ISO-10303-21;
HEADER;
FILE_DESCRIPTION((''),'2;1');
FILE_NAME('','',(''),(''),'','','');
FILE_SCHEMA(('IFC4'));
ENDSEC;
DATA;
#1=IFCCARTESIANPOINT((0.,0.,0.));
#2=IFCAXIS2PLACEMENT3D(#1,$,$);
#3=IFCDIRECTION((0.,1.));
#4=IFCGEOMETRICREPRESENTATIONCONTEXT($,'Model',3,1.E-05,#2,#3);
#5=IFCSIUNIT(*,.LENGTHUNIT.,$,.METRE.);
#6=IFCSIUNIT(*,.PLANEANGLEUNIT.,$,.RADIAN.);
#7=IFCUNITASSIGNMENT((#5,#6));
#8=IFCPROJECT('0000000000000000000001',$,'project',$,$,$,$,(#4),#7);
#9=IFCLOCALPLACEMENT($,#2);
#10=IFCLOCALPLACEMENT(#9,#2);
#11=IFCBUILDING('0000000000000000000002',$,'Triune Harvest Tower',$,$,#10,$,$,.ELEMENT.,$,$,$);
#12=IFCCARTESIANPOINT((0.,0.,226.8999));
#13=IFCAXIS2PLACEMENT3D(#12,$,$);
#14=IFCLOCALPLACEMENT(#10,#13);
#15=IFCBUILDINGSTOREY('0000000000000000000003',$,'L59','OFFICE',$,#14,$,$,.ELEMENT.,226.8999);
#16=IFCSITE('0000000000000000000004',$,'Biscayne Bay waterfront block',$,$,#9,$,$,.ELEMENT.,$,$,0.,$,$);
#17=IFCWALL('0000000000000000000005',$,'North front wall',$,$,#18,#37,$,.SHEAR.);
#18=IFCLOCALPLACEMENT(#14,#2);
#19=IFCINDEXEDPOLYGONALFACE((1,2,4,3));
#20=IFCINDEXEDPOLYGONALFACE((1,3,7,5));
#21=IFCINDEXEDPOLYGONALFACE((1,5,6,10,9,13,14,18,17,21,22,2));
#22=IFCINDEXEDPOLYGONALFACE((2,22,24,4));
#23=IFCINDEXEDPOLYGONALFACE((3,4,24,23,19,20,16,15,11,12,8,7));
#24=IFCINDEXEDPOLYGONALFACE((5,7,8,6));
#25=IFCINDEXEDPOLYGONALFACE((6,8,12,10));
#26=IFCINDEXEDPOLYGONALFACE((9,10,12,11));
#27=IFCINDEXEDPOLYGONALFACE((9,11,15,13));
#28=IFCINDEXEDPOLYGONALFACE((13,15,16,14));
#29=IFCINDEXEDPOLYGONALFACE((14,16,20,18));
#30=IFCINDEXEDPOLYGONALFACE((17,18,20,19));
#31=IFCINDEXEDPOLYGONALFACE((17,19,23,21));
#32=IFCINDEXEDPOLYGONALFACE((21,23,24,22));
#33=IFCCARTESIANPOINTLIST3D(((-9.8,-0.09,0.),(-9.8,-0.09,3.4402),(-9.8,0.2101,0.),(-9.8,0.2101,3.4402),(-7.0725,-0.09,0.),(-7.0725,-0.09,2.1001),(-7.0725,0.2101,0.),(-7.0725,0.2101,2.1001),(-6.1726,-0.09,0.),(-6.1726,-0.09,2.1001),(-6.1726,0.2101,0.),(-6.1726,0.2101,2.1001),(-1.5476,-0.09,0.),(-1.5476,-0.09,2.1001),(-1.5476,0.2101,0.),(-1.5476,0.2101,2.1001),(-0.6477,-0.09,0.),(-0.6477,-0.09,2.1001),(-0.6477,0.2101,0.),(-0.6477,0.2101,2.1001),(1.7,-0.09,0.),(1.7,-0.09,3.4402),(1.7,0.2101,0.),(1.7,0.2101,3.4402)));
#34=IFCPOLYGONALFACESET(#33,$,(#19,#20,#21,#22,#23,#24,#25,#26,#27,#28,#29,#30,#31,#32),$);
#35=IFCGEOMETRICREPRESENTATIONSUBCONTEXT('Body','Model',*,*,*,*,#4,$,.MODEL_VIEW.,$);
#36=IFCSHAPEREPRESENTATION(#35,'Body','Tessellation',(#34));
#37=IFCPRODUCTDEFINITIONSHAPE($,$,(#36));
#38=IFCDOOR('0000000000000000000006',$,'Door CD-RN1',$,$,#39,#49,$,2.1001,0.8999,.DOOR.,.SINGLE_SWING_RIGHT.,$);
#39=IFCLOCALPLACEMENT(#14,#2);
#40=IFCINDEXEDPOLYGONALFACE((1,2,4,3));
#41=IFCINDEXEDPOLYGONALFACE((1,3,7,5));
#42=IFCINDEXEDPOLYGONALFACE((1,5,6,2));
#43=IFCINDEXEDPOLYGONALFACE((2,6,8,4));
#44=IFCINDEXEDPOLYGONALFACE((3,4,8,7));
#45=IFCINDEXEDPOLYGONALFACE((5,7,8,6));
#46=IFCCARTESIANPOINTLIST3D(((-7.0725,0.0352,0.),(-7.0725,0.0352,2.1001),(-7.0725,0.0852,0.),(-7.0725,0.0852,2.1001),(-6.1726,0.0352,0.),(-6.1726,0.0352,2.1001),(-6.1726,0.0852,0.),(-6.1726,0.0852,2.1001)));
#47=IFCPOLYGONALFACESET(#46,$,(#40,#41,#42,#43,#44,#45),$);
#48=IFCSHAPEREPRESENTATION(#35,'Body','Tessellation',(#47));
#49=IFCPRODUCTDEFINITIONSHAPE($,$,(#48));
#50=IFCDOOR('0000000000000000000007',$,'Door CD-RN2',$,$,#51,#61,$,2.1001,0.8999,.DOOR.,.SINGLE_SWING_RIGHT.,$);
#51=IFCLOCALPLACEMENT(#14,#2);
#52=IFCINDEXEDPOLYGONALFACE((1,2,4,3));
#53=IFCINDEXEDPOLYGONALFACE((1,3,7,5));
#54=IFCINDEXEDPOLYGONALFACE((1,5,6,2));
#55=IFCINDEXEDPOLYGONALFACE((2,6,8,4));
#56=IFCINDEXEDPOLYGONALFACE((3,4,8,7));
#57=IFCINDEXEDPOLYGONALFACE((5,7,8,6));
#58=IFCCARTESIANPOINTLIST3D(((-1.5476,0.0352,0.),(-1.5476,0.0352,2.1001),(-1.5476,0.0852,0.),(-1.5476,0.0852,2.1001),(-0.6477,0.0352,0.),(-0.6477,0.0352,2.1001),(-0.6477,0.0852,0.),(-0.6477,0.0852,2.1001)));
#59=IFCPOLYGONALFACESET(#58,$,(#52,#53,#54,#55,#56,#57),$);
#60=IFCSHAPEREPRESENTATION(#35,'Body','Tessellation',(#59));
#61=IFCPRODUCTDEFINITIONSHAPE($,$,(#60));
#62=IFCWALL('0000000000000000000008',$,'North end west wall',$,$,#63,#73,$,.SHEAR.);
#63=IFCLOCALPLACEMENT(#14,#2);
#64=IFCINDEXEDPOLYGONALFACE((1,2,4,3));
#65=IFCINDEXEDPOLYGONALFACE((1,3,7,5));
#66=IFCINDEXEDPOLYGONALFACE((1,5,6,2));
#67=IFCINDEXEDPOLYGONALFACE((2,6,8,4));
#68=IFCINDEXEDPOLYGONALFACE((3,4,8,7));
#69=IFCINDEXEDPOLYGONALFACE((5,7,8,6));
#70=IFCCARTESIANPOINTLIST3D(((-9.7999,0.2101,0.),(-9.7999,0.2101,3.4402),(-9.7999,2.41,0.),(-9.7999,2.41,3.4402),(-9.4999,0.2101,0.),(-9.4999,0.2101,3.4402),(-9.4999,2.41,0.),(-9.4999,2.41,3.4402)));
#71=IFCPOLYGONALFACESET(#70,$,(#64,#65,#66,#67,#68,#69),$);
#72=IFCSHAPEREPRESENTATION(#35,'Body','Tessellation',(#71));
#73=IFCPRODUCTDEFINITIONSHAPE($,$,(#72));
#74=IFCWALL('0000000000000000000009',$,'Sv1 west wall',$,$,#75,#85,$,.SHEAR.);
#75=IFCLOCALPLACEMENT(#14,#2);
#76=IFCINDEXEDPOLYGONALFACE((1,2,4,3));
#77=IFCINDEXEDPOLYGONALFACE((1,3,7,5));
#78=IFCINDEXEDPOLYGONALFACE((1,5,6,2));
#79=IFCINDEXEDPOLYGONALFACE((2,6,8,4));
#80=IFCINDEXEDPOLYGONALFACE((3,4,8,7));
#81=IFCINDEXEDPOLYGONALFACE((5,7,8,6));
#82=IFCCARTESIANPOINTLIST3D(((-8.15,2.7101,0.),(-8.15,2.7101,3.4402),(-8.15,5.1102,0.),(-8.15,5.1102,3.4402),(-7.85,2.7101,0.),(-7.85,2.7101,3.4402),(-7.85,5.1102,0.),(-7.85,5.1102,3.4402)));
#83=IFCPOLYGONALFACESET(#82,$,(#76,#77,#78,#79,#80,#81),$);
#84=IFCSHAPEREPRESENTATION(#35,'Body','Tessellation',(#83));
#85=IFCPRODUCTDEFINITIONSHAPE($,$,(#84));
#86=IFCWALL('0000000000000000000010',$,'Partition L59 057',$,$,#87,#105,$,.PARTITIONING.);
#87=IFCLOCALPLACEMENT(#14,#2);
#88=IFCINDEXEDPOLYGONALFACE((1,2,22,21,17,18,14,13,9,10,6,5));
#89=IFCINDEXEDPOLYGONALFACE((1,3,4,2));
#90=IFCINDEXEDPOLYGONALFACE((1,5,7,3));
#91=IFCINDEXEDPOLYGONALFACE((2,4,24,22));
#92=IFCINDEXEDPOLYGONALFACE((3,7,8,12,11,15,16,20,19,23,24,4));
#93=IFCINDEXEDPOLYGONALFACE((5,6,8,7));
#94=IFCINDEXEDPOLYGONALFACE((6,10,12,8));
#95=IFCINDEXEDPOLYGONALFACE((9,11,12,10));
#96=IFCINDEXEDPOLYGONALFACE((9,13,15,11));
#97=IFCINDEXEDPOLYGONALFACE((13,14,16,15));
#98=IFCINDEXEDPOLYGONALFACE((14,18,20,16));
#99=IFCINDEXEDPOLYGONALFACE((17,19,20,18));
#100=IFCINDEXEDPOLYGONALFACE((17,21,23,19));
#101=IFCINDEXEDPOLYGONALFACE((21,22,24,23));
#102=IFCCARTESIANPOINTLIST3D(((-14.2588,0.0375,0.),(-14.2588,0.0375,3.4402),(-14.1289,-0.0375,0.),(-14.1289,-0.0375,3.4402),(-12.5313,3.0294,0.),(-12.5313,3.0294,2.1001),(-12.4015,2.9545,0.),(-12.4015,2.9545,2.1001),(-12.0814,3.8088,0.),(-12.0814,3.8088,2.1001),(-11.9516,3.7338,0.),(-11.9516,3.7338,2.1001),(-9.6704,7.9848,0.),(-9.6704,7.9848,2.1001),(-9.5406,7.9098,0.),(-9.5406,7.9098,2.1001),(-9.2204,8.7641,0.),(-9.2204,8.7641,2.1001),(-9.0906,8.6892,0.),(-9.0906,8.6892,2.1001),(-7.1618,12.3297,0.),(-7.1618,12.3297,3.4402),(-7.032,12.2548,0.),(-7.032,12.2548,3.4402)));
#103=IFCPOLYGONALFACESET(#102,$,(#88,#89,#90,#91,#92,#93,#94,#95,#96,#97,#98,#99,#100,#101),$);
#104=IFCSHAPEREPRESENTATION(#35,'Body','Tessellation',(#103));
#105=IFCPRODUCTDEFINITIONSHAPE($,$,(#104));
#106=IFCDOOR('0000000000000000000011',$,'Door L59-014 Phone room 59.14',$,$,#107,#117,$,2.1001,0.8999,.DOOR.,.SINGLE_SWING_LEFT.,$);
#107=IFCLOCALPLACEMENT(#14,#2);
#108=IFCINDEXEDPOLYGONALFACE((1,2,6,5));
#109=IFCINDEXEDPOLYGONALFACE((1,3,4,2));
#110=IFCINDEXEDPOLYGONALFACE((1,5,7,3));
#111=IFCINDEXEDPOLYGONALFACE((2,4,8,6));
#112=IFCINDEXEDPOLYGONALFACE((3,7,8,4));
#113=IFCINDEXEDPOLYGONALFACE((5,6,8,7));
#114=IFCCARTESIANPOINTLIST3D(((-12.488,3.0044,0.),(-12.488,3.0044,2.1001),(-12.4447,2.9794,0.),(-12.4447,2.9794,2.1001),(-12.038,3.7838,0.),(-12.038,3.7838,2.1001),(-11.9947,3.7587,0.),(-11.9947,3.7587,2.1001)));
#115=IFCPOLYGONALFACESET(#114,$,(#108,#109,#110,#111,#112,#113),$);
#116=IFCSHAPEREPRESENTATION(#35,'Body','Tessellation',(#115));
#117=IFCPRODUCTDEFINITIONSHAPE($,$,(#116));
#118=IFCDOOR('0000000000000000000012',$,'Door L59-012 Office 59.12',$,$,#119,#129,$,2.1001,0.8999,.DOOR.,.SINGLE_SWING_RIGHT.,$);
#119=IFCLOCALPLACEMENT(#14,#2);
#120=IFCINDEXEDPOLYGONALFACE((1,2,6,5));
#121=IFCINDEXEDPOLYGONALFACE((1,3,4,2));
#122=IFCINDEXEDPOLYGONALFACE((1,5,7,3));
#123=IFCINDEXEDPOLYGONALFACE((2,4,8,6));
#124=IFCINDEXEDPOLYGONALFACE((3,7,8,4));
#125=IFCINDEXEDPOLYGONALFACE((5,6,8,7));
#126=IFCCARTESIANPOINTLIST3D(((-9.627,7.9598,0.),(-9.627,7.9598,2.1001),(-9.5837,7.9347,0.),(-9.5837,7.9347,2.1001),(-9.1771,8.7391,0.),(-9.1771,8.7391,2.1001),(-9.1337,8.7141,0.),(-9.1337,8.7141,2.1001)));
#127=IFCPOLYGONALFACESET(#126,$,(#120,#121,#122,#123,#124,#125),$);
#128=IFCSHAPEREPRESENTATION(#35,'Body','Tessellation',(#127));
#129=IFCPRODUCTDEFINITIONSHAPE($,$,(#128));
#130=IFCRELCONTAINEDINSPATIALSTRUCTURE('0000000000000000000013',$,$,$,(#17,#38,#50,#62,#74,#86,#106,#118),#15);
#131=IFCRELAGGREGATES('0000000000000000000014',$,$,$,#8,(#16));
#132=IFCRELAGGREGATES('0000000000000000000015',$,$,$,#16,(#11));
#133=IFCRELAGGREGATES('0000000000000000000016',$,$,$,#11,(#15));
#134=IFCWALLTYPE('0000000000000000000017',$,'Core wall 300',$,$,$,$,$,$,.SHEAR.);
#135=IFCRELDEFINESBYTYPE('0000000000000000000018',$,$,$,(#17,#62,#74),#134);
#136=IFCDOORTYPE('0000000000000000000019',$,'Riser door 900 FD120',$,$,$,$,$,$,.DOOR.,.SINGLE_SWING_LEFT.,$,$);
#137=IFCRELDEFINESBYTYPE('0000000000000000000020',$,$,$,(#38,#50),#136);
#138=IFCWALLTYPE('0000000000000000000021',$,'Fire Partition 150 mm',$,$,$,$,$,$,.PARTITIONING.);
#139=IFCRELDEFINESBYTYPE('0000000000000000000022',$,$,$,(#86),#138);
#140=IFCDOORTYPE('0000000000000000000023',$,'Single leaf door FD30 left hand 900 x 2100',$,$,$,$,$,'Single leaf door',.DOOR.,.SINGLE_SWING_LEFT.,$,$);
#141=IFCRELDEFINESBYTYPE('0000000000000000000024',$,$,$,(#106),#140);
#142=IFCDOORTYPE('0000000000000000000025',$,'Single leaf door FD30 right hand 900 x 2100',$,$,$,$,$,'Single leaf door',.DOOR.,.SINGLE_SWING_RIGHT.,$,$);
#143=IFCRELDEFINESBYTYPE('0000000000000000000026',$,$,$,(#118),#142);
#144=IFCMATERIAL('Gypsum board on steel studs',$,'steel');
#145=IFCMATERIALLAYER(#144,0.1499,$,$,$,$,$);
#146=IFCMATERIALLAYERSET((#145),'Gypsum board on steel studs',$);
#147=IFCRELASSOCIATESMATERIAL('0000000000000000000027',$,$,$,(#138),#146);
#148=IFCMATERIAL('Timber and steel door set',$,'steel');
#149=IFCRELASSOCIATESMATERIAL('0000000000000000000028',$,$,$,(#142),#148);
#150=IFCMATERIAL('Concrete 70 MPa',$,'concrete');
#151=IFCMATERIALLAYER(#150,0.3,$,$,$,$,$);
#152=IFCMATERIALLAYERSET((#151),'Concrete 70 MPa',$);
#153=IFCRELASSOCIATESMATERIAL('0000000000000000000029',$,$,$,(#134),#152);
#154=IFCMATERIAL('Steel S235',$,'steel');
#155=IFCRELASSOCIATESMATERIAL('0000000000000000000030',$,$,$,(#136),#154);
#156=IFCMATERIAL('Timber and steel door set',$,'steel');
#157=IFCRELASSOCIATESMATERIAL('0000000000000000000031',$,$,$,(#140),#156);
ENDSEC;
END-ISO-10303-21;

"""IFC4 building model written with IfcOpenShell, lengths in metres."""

from ifc_helpers import new_model, si_unit, direction, frame, frame_2d, origin, place, context, subcontext, project, spatial, rectangle, extrude, source, transform, mapped, material, layer, layer_set, type_object, element, fill, save


model = new_model("IFC4")

# Units and contexts
model_context = context("Model", 3, precision=1e-05, world=origin(), true_north=direction((0.0, 1.0)))
body_context = subcontext(model_context, "Body", "Model", "MODEL_VIEW")
ifc_project = project(units=[si_unit("LENGTHUNIT", "METRE"), si_unit("PLANEANGLEUNIT", "RADIAN")], contexts=[model_context])

# Site, building, storey
site_placement = place(None, origin())
site = spatial("IfcSite", under=ifc_project, at=site_placement, Name="Biscayne Bay waterfront block", CompositionType="ELEMENT", RefElevation=0.0)
building_placement = place(site_placement, origin())
building = spatial("IfcBuilding", under=site, at=building_placement, Name="Triune Harvest Tower", CompositionType="ELEMENT")
storey_placement = place(building_placement, frame((0.0, 0.0, 226.8999)))
storey = spatial("IfcBuildingStorey", under=building, at=storey_placement, Name="L59", Description="OFFICE", CompositionType="ELEMENT", Elevation=226.8999)

# Shared definitions
ifc_material_1 = material(Name="Gypsum board on steel studs", Category="steel")
ifc_layer_1 = layer(ifc_material_1, 0.1499)
ifc_layer_set_1 = layer_set([ifc_layer_1], Name="Gypsum board on steel studs")
wall_type_1 = type_object("IfcWallType", Name="Fire Partition 150 mm", PredefinedType="PARTITIONING", material=ifc_layer_set_1)
ifc_material_2 = material(Name="Timber and steel door set", Category="steel")
door_type_1 = type_object("IfcDoorType", Name="Single leaf door FD30 right hand 900 x 2100", ElementType="Single leaf door", OperationType="SINGLE_SWING_RIGHT", PredefinedType="DOOR", material=ifc_material_2)

# Wall, openings, doors
ifc_material_3 = material(Name="Concrete 70 MPa", Category="concrete")
ifc_layer_2 = layer(ifc_material_3, 0.3)
ifc_layer_set_2 = layer_set([ifc_layer_2], Name="Concrete 70 MPa")
wall_type_2 = type_object("IfcWallType", Name="Core wall 300", PredefinedType="SHEAR", material=ifc_layer_set_2)
shared_shape_1 = source(origin(), body_context, "Body", "SweptSolid", [
    extrude(rectangle(XDim=11.5, YDim=0.3, at=frame_2d((5.75, 0.0))), origin(), (0.0, 0.0, 1.0), 3.4402),
])
wall_1_placement = place(storey_placement, frame((-9.8, 0.0601, 0.0), z_axis=(0.0, 0.0, 1.0), x_axis=(1.0, 0.0, 0.0)))
wall_1 = element("IfcWall", 1, at=wall_1_placement, inside=storey, type_object=wall_type_2, Name="North front wall", PredefinedType="SHEAR", context=body_context, shape_type="MappedRepresentation", body=[
    mapped(shared_shape_1, transform((0.0, 0.0, 0.0), scale=1.0)),
])
opening_1_placement = place(wall_1_placement, frame((2.7275, 0.0, 0.0)))
opening_1 = element("IfcOpeningElement", 2, at=opening_1_placement, cuts=wall_1, PredefinedType="OPENING", context=body_context, shape_type="SweptSolid", body=[
    extrude(rectangle(XDim=0.8999, YDim=2.1001, at=frame_2d((0.45, 1.05))), frame((0.0, 0.1602, 0.0), z_axis=(0.0, -1.0, 0.0), x_axis=(1.0, 0.0, 0.0)), (0.0, 0.0, 1.0), 0.3201),
])
opening_2_placement = place(wall_1_placement, frame((8.2524, 0.0, 0.0)))
opening_2 = element("IfcOpeningElement", 3, at=opening_2_placement, cuts=wall_1, PredefinedType="OPENING", context=body_context, shape_type="SweptSolid", body=[
    extrude(rectangle(XDim=0.8999, YDim=2.1001, at=frame_2d((0.45, 1.05))), frame((0.0, 0.1602, 0.0), z_axis=(0.0, -1.0, 0.0), x_axis=(1.0, 0.0, 0.0)), (0.0, 0.0, 1.0), 0.3201),
])
ifc_material_4 = material(Name="Steel S235", Category="steel")
door_type_2 = type_object("IfcDoorType", Name="Riser door 900 FD120", OperationType="SINGLE_SWING_LEFT", PredefinedType="DOOR", material=ifc_material_4)
door_1_placement = place(opening_1_placement, frame((0.8999, 0.0, 0.0), z_axis=(0.0, 0.0, 1.0), x_axis=(-1.0, 0.0, 0.0)))
door_1 = element("IfcDoor", 4, at=door_1_placement, inside=storey, type_object=door_type_2, Name="Door CD-RN1", OperationType="SINGLE_SWING_RIGHT", OverallHeight=2.1001, OverallWidth=0.8999, PredefinedType="DOOR", context=body_context, shape_type="SweptSolid", body=[
    extrude(rectangle(XDim=0.8999, YDim=2.1001, at=frame_2d((0.45, 1.05))), frame((0.0, 0.0249, 0.0), z_axis=(0.0, -1.0, 0.0), x_axis=(1.0, 0.0, 0.0)), (0.0, 0.0, 1.0), 0.05),
])
fill(opening_1, door_1)
door_2_placement = place(opening_2_placement, frame((0.8999, 0.0, 0.0), z_axis=(0.0, 0.0, 1.0), x_axis=(-1.0, 0.0, 0.0)))
door_2 = element("IfcDoor", 5, at=door_2_placement, inside=storey, type_object=door_type_2, Name="Door CD-RN2", OperationType="SINGLE_SWING_RIGHT", OverallHeight=2.1001, OverallWidth=0.8999, PredefinedType="DOOR", context=body_context, shape_type="SweptSolid", body=[
    extrude(rectangle(XDim=0.8999, YDim=2.1001, at=frame_2d((0.45, 1.05))), frame((0.0, 0.0249, 0.0), z_axis=(0.0, -1.0, 0.0), x_axis=(1.0, 0.0, 0.0)), (0.0, 0.0, 1.0), 0.05),
])
fill(opening_2, door_2)

# Walls
shared_shape_2 = source(origin(), body_context, "Body", "SweptSolid", [
    extrude(rectangle(XDim=2.2, YDim=0.3, at=frame_2d((1.1001, 0.0))), origin(), (0.0, 0.0, 1.0), 3.4402),
])
wall_2_placement = place(storey_placement, frame((-9.6499, 0.21, 0.0), z_axis=(0.0, 0.0, 1.0), x_axis=(0.0, 1.0, 0.0)))
element("IfcWall", 6, at=wall_2_placement, inside=storey, type_object=wall_type_2, Name="North end west wall", PredefinedType="SHEAR", context=body_context, shape_type="MappedRepresentation", body=[
    mapped(shared_shape_2, transform((0.0, 0.0, 0.0), scale=1.0)),
])
shared_shape_3 = source(origin(), body_context, "Body", "SweptSolid", [
    extrude(rectangle(XDim=2.4001, YDim=0.3, at=frame_2d((1.2002, 0.0))), origin(), (0.0, 0.0, 1.0), 3.4402),
])
wall_3_placement = place(storey_placement, frame((-8.0, 2.71, 0.0), z_axis=(0.0, 0.0, 1.0), x_axis=(0.0, 1.0, 0.0)))
element("IfcWall", 7, at=wall_3_placement, inside=storey, type_object=wall_type_2, Name="Sv1 west wall", PredefinedType="SHEAR", context=body_context, shape_type="MappedRepresentation", body=[
    mapped(shared_shape_3, transform((0.0, 0.0, 0.0), scale=1.0)),
])

# Wall, openings, doors
shared_shape_4 = source(origin(), body_context, "Body", "SweptSolid", [
    extrude(rectangle(XDim=14.1938, YDim=0.1499, at=frame_2d((7.0969, 0.0))), origin(), (0.0, 0.0, 1.0), 3.4402),
])
wall_4_placement = place(storey_placement, frame((-14.1938, 0.0, 0.0), z_axis=(0.0, 0.0, 1.0), x_axis=(0.5, 0.866025, 0.0)))
wall_4 = element("IfcWall", 8, at=wall_4_placement, inside=storey, type_object=wall_type_1, Name="Partition L59 057", PredefinedType="PARTITIONING", context=body_context, shape_type="MappedRepresentation", body=[
    mapped(shared_shape_4, transform((0.0, 0.0, 0.0), scale=1.0)),
])
opening_3_placement = place(wall_4_placement, frame((9.1768, 0.0, 0.0)))
opening_3 = element("IfcOpeningElement", 9, at=opening_3_placement, cuts=wall_4, PredefinedType="OPENING", context=body_context, shape_type="SweptSolid", body=[
    extrude(rectangle(XDim=0.8999, YDim=2.1001, at=frame_2d((0.45, 1.05))), frame((0.0, 0.085, 0.0), z_axis=(0.0, -1.0, 0.0), x_axis=(1.0, 0.0, 0.0)), (0.0, 0.0, 1.0), 0.1699),
])
opening_4_placement = place(wall_4_placement, frame((3.4548, 0.0, 0.0)))
opening_4 = element("IfcOpeningElement", 10, at=opening_4_placement, cuts=wall_4, PredefinedType="OPENING", context=body_context, shape_type="SweptSolid", body=[
    extrude(rectangle(XDim=0.8999, YDim=2.1001, at=frame_2d((0.45, 1.05))), frame((0.0, 0.085, 0.0), z_axis=(0.0, -1.0, 0.0), x_axis=(1.0, 0.0, 0.0)), (0.0, 0.0, 1.0), 0.1699),
])
ifc_material_5 = material(Name="Timber and steel door set", Category="steel")
door_type_3 = type_object("IfcDoorType", Name="Single leaf door FD30 left hand 900 x 2100", ElementType="Single leaf door", OperationType="SINGLE_SWING_LEFT", PredefinedType="DOOR", material=ifc_material_5)
door_3_placement = place(opening_4_placement, origin())
door_3 = element("IfcDoor", 11, at=door_3_placement, inside=storey, type_object=door_type_3, Name="Door L59-014 Phone room 59.14", OperationType="SINGLE_SWING_LEFT", OverallHeight=2.1001, OverallWidth=0.8999, PredefinedType="DOOR", context=body_context, shape_type="SweptSolid", body=[
    extrude(rectangle(XDim=0.8999, YDim=2.1001, at=frame_2d((0.45, 1.05))), frame((0.0, 0.0249, 0.0), z_axis=(0.0, -1.0, 0.0), x_axis=(1.0, 0.0, 0.0)), (0.0, 0.0, 1.0), 0.05),
])
fill(opening_4, door_3)
door_4_placement = place(opening_3_placement, origin())
door_4 = element("IfcDoor", 12, at=door_4_placement, inside=storey, type_object=door_type_1, Name="Door L59-012 Office 59.12", OperationType="SINGLE_SWING_RIGHT", OverallHeight=2.1001, OverallWidth=0.8999, PredefinedType="DOOR", context=body_context, shape_type="SweptSolid", body=[
    extrude(rectangle(XDim=0.8999, YDim=2.1001, at=frame_2d((0.45, 1.05))), frame((0.0, 0.0249, 0.0), z_axis=(0.0, -1.0, 0.0), x_axis=(1.0, 0.0, 0.0)), (0.0, 0.0, 1.0), 0.05),
])
fill(opening_3, door_4)

save(model, "model.ifc")
